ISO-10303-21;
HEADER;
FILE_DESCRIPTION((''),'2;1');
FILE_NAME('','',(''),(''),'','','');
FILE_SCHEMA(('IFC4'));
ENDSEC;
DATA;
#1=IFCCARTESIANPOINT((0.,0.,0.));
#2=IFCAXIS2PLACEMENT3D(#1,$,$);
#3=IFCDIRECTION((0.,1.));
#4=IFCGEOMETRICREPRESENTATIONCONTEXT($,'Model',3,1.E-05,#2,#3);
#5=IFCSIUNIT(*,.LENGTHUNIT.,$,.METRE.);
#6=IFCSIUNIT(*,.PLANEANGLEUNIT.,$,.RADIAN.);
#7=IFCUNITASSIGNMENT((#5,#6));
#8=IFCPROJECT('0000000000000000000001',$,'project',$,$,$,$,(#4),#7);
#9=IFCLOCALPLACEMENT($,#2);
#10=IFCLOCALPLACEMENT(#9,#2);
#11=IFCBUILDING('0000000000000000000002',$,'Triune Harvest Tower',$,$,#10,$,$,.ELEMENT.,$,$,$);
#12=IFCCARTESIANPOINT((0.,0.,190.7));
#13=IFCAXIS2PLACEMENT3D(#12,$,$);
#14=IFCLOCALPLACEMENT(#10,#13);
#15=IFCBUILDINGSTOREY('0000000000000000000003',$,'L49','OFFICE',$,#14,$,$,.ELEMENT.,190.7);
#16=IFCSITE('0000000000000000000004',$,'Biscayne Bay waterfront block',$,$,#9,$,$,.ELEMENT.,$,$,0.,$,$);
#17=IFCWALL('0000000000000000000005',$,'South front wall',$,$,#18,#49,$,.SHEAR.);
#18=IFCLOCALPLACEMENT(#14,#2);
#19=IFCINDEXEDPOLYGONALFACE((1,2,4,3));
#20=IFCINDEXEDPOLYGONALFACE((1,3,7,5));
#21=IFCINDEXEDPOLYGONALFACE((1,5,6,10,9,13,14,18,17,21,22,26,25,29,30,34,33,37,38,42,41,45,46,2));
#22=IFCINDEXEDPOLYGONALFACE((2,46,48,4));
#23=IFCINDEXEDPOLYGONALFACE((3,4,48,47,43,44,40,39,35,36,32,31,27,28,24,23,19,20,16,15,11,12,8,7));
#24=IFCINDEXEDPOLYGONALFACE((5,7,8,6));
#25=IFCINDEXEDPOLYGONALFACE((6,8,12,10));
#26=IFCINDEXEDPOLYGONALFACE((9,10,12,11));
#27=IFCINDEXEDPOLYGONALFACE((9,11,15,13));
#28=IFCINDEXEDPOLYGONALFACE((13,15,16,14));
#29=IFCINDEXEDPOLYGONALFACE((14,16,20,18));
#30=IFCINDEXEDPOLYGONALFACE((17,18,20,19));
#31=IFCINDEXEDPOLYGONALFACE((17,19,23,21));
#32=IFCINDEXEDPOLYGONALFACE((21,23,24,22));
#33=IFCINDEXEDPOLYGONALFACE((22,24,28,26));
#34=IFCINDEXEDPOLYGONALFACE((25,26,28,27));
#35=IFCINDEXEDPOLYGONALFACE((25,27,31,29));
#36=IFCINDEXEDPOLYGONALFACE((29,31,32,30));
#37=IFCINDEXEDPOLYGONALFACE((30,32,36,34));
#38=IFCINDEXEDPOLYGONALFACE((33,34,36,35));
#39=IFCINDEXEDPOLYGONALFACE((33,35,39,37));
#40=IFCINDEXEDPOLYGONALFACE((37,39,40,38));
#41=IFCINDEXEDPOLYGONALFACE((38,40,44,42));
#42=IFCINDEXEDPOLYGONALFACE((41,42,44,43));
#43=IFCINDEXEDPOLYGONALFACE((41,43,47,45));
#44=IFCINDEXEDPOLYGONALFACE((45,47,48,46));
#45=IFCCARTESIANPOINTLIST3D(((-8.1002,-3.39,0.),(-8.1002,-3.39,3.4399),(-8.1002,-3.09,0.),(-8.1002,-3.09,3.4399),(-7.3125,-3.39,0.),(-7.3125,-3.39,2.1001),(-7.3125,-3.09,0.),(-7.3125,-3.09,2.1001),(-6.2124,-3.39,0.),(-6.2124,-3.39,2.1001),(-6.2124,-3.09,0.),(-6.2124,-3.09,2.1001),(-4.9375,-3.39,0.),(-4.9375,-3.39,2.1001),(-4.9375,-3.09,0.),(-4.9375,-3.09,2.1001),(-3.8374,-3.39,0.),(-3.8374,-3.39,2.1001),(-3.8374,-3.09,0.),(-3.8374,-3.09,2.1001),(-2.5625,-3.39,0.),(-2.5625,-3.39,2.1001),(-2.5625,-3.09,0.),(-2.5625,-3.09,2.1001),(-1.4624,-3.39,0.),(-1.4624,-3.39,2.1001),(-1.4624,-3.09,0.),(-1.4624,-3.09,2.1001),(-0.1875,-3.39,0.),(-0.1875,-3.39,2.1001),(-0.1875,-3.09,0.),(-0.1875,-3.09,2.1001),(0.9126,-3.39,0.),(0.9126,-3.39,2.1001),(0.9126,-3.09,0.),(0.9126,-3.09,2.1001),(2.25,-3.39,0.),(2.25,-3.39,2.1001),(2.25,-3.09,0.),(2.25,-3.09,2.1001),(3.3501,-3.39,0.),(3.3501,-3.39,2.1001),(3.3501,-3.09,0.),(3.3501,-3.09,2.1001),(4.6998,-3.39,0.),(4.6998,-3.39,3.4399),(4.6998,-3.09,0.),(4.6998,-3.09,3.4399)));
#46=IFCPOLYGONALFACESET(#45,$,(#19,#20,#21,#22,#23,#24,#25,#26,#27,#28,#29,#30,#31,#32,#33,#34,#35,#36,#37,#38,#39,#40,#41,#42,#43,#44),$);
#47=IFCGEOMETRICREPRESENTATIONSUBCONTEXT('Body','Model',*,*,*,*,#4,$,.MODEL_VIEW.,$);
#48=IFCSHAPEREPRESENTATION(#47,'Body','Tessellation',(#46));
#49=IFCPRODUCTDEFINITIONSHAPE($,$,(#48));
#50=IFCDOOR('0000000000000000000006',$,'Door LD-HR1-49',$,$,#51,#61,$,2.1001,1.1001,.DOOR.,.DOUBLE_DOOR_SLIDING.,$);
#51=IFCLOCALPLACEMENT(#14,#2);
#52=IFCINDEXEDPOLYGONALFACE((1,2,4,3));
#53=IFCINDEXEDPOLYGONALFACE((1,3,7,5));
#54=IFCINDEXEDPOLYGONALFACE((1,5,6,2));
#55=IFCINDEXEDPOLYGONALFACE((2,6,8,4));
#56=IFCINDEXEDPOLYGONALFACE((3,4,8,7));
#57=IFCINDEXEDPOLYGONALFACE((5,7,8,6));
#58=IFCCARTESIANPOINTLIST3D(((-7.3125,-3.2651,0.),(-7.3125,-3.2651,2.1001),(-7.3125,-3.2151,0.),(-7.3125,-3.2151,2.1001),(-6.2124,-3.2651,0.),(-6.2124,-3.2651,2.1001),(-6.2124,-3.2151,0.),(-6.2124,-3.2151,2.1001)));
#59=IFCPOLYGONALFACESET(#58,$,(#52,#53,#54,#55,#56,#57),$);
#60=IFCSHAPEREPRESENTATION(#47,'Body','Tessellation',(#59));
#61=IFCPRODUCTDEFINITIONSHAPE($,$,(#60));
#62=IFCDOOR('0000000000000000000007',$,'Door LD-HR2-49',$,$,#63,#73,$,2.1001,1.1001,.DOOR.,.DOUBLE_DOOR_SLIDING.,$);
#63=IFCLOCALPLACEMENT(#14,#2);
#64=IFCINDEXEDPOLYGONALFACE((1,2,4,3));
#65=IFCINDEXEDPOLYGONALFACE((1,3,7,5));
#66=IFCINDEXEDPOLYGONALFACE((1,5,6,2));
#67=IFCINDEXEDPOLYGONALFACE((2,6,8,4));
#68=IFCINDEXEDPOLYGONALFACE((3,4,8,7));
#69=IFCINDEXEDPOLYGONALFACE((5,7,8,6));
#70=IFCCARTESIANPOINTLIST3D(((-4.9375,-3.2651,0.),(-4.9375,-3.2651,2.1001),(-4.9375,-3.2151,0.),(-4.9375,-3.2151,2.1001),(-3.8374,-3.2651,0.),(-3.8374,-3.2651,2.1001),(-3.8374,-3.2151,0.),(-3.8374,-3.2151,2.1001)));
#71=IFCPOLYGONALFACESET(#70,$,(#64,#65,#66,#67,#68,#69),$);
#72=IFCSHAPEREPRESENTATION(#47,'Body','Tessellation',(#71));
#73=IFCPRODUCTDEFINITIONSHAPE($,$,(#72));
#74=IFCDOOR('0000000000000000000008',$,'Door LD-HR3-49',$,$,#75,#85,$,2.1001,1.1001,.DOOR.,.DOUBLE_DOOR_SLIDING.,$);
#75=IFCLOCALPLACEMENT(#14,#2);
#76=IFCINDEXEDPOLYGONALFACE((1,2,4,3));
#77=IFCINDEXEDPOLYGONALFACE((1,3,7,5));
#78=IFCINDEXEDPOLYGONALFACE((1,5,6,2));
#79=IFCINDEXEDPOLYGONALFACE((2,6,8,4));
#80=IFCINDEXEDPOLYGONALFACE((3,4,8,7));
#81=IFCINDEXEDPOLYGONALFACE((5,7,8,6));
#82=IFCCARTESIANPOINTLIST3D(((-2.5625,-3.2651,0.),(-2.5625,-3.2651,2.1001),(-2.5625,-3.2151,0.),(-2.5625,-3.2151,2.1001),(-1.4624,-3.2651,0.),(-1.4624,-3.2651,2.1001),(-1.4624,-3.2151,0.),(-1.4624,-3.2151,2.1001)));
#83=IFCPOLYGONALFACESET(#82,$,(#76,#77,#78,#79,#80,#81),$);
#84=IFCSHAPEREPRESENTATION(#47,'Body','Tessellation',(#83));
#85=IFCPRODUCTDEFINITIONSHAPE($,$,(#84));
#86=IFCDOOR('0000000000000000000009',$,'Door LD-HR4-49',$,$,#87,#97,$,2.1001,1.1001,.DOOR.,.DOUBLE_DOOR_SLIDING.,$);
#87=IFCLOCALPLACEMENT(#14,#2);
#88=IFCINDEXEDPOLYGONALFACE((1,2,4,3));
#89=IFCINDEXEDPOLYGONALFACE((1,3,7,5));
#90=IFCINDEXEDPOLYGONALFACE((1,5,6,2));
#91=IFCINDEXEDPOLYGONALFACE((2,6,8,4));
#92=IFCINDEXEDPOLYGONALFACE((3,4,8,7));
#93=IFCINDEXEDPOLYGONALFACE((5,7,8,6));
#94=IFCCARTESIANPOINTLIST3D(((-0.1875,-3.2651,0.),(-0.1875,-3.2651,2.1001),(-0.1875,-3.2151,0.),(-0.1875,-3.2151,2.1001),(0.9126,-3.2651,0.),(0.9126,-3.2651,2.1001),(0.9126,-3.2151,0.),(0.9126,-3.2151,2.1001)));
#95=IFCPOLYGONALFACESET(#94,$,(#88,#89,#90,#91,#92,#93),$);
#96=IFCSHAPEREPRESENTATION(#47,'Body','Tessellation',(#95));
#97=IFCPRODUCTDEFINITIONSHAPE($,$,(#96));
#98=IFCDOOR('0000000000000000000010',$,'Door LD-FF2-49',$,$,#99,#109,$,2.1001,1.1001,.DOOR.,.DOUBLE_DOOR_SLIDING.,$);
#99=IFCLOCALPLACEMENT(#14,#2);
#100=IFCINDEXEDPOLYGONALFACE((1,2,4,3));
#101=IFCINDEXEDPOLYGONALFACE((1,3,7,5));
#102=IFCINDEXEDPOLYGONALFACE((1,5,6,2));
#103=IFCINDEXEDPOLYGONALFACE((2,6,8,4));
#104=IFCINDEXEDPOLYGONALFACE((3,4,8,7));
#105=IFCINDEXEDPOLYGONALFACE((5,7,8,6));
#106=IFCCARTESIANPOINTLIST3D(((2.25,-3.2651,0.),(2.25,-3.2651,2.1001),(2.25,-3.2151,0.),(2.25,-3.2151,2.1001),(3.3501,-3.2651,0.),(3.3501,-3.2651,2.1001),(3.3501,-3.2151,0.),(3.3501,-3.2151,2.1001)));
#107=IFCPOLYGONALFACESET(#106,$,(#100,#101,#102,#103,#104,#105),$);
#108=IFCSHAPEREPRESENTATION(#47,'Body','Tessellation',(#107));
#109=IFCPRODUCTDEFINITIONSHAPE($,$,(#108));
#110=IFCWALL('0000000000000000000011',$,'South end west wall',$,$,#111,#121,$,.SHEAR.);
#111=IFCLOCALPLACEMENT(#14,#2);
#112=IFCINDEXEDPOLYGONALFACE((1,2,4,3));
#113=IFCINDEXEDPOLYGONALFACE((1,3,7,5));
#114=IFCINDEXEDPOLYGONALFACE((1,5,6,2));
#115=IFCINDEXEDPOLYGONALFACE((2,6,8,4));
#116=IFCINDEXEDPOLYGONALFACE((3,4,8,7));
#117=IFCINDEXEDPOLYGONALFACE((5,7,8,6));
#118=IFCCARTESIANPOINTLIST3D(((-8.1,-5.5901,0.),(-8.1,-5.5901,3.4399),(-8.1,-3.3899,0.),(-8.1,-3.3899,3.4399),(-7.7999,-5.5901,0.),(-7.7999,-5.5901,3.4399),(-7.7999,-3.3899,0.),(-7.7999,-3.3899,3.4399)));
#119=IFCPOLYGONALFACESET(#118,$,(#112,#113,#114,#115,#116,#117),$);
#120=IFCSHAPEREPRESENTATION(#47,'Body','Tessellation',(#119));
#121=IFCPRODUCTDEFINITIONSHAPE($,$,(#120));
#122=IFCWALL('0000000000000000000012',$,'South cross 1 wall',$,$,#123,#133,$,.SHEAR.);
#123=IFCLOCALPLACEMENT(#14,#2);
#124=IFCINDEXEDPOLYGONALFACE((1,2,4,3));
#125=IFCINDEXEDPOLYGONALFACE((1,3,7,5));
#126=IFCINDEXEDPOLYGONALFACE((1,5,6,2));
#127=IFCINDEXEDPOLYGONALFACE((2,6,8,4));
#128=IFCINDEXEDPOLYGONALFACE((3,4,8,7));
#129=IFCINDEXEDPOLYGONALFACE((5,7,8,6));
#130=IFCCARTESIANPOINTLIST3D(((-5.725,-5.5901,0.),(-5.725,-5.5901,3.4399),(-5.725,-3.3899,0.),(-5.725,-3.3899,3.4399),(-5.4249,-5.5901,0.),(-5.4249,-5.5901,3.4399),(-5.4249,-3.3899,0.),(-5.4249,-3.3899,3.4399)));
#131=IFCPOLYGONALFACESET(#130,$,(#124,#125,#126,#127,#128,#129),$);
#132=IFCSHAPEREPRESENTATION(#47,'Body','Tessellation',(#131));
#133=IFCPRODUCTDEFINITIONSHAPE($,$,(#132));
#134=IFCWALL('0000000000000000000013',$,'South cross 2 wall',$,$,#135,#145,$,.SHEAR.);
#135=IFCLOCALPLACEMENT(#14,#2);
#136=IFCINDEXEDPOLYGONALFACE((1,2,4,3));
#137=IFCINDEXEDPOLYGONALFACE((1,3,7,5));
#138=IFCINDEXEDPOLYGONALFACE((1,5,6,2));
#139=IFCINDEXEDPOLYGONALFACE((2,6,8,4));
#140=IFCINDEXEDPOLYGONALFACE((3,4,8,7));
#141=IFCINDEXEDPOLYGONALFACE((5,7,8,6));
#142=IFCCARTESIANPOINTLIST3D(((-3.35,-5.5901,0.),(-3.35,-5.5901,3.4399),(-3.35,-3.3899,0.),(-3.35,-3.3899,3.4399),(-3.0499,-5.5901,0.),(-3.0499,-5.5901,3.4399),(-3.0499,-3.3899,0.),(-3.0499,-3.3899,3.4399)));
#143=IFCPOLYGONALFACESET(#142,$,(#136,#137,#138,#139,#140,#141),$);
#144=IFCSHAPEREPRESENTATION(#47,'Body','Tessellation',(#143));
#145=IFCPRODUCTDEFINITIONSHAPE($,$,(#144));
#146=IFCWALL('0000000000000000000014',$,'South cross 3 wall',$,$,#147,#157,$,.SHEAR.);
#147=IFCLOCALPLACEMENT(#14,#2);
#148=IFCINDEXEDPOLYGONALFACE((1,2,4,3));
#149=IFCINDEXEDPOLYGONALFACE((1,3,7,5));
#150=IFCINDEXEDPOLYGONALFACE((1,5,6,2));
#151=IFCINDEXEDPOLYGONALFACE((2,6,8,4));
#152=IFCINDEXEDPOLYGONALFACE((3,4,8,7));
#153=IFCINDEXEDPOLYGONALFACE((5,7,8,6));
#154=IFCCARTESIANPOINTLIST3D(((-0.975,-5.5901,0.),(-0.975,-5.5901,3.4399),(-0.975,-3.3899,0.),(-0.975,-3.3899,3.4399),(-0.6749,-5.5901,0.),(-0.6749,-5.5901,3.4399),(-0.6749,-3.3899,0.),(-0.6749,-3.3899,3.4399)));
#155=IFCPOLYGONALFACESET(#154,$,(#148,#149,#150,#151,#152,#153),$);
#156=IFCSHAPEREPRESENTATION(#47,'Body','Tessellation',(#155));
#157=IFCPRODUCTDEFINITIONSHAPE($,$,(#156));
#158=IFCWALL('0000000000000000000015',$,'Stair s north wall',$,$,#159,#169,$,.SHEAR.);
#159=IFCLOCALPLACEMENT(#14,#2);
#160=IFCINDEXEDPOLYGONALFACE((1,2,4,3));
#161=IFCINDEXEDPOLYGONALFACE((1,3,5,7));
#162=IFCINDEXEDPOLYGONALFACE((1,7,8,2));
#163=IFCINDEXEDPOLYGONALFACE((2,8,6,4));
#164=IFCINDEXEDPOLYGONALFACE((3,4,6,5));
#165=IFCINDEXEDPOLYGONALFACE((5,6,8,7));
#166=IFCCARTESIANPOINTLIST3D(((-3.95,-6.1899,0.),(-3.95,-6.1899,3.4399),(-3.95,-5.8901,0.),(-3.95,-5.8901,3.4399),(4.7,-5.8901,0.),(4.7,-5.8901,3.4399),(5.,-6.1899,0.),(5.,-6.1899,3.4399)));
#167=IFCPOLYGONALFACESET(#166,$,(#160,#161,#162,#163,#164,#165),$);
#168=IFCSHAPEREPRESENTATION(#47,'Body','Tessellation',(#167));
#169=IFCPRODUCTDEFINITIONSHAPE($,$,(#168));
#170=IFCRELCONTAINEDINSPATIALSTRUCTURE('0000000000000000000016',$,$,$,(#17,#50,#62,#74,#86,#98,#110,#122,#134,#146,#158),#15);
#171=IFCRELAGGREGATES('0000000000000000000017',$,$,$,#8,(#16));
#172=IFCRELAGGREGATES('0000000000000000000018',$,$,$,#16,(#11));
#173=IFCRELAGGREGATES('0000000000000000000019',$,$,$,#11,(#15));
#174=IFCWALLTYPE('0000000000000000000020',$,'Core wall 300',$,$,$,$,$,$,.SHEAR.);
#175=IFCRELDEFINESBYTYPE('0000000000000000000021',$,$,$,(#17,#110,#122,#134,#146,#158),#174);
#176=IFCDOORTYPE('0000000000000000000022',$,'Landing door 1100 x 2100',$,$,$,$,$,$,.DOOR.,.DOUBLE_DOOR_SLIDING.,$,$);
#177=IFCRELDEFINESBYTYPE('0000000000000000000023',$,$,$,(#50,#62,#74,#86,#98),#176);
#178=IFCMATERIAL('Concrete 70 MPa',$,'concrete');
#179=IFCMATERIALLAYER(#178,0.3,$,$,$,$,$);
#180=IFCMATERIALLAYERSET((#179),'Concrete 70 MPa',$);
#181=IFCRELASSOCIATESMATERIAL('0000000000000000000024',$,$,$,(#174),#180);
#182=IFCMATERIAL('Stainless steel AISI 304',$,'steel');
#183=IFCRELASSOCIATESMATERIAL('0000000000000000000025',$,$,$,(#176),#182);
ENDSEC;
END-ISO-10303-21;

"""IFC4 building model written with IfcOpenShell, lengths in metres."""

from ifc_helpers import new_model, si_unit, direction, frame, frame_2d, origin, place, context, subcontext, project, spatial, polyline, rectangle, outline, extrude, source, transform, mapped, material, layer, layer_set, type_object, element, fill, save


model = new_model("IFC4")

# Units and contexts
model_context = context("Model", 3, precision=1e-05, world=origin(), true_north=direction((0.0, 1.0)))
body_context = subcontext(model_context, "Body", "Model", "MODEL_VIEW")
ifc_project = project(units=[si_unit("LENGTHUNIT", "METRE"), si_unit("PLANEANGLEUNIT", "RADIAN")], contexts=[model_context])

# Site, building, storey
site_placement = place(None, origin())
site = spatial("IfcSite", under=ifc_project, at=site_placement, Name="Biscayne Bay waterfront block", CompositionType="ELEMENT", RefElevation=0.0)
building_placement = place(site_placement, origin())
building = spatial("IfcBuilding", under=site, at=building_placement, Name="Triune Harvest Tower", CompositionType="ELEMENT")
storey_placement = place(building_placement, frame((0.0, 0.0, 190.7)))
storey = spatial("IfcBuildingStorey", under=building, at=storey_placement, Name="L49", Description="OFFICE", CompositionType="ELEMENT", Elevation=190.7)

# Wall, openings, doors
ifc_material_1 = material(Name="Concrete 70 MPa", Category="concrete")
ifc_layer_1 = layer(ifc_material_1, 0.3)
ifc_layer_set_1 = layer_set([ifc_layer_1], Name="Concrete 70 MPa")
wall_type_1 = type_object("IfcWallType", Name="Core wall 300", PredefinedType="SHEAR", material=ifc_layer_set_1)
shared_shape_1 = source(origin(), body_context, "Body", "SweptSolid", [
    extrude(rectangle(XDim=12.8, YDim=0.3, at=frame_2d((6.3999, 0.0))), origin(), (0.0, 0.0, 1.0), 3.4399),
])
wall_1_placement = place(storey_placement, frame((-8.1001, -3.24, 0.0), z_axis=(0.0, 0.0, 1.0), x_axis=(1.0, 0.0, 0.0)))
wall_1 = element("IfcWall", 1, at=wall_1_placement, inside=storey, type_object=wall_type_1, Name="South front wall", PredefinedType="SHEAR", context=body_context, shape_type="MappedRepresentation", body=[
    mapped(shared_shape_1, transform((0.0, 0.0, 0.0), scale=1.0)),
])
opening_1_placement = place(wall_1_placement, frame((0.7876, 0.0, 0.0)))
opening_1 = element("IfcOpeningElement", 2, at=opening_1_placement, cuts=wall_1, PredefinedType="OPENING", context=body_context, shape_type="SweptSolid", body=[
    extrude(rectangle(XDim=1.1001, YDim=2.1001, at=frame_2d((0.55, 1.05))), frame((0.0, 0.1602, 0.0), z_axis=(0.0, -1.0, 0.0), x_axis=(1.0, 0.0, 0.0)), (0.0, 0.0, 1.0), 0.3201),
])
opening_2_placement = place(wall_1_placement, frame((3.1626, 0.0, 0.0)))
opening_2 = element("IfcOpeningElement", 3, at=opening_2_placement, cuts=wall_1, PredefinedType="OPENING", context=body_context, shape_type="SweptSolid", body=[
    extrude(rectangle(XDim=1.1001, YDim=2.1001, at=frame_2d((0.55, 1.05))), frame((0.0, 0.1602, 0.0), z_axis=(0.0, -1.0, 0.0), x_axis=(1.0, 0.0, 0.0)), (0.0, 0.0, 1.0), 0.3201),
])
opening_3_placement = place(wall_1_placement, frame((5.5376, 0.0, 0.0)))
opening_3 = element("IfcOpeningElement", 4, at=opening_3_placement, cuts=wall_1, PredefinedType="OPENING", context=body_context, shape_type="SweptSolid", body=[
    extrude(rectangle(XDim=1.1001, YDim=2.1001, at=frame_2d((0.55, 1.05))), frame((0.0, 0.1602, 0.0), z_axis=(0.0, -1.0, 0.0), x_axis=(1.0, 0.0, 0.0)), (0.0, 0.0, 1.0), 0.3201),
])
opening_4_placement = place(wall_1_placement, frame((7.9126, 0.0, 0.0)))
opening_4 = element("IfcOpeningElement", 5, at=opening_4_placement, cuts=wall_1, PredefinedType="OPENING", context=body_context, shape_type="SweptSolid", body=[
    extrude(rectangle(XDim=1.1001, YDim=2.1001, at=frame_2d((0.55, 1.05))), frame((0.0, 0.1602, 0.0), z_axis=(0.0, -1.0, 0.0), x_axis=(1.0, 0.0, 0.0)), (0.0, 0.0, 1.0), 0.3201),
])
opening_5_placement = place(wall_1_placement, frame((10.3501, 0.0, 0.0)))
opening_5 = element("IfcOpeningElement", 6, at=opening_5_placement, cuts=wall_1, PredefinedType="OPENING", context=body_context, shape_type="SweptSolid", body=[
    extrude(rectangle(XDim=1.1001, YDim=2.1001, at=frame_2d((0.55, 1.05))), frame((0.0, 0.1602, 0.0), z_axis=(0.0, -1.0, 0.0), x_axis=(1.0, 0.0, 0.0)), (0.0, 0.0, 1.0), 0.3201),
])
ifc_material_2 = material(Name="Stainless steel AISI 304", Category="steel")
door_type_1 = type_object("IfcDoorType", Name="Landing door 1100 x 2100", OperationType="DOUBLE_DOOR_SLIDING", PredefinedType="DOOR", material=ifc_material_2)
door_1_placement = place(opening_1_placement, origin())
door_1 = element("IfcDoor", 7, at=door_1_placement, inside=storey, type_object=door_type_1, Name="Door LD-HR1-49", OperationType="DOUBLE_DOOR_SLIDING", OverallHeight=2.1001, OverallWidth=1.1001, PredefinedType="DOOR", context=body_context, shape_type="SweptSolid", body=[
    extrude(rectangle(XDim=1.1001, YDim=2.1001, at=frame_2d((0.55, 1.05))), frame((0.0, 0.0249, 0.0), z_axis=(0.0, -1.0, 0.0), x_axis=(1.0, 0.0, 0.0)), (0.0, 0.0, 1.0), 0.05),
])
fill(opening_1, door_1)
door_2_placement = place(opening_2_placement, origin())
door_2 = element("IfcDoor", 8, at=door_2_placement, inside=storey, type_object=door_type_1, Name="Door LD-HR2-49", OperationType="DOUBLE_DOOR_SLIDING", OverallHeight=2.1001, OverallWidth=1.1001, PredefinedType="DOOR", context=body_context, shape_type="SweptSolid", body=[
    extrude(rectangle(XDim=1.1001, YDim=2.1001, at=frame_2d((0.55, 1.05))), frame((0.0, 0.0249, 0.0), z_axis=(0.0, -1.0, 0.0), x_axis=(1.0, 0.0, 0.0)), (0.0, 0.0, 1.0), 0.05),
])
fill(opening_2, door_2)
door_3_placement = place(opening_3_placement, origin())
door_3 = element("IfcDoor", 9, at=door_3_placement, inside=storey, type_object=door_type_1, Name="Door LD-HR3-49", OperationType="DOUBLE_DOOR_SLIDING", OverallHeight=2.1001, OverallWidth=1.1001, PredefinedType="DOOR", context=body_context, shape_type="SweptSolid", body=[
    extrude(rectangle(XDim=1.1001, YDim=2.1001, at=frame_2d((0.55, 1.05))), frame((0.0, 0.0249, 0.0), z_axis=(0.0, -1.0, 0.0), x_axis=(1.0, 0.0, 0.0)), (0.0, 0.0, 1.0), 0.05),
])
fill(opening_3, door_3)
door_4_placement = place(opening_4_placement, origin())
door_4 = element("IfcDoor", 10, at=door_4_placement, inside=storey, type_object=door_type_1, Name="Door LD-HR4-49", OperationType="DOUBLE_DOOR_SLIDING", OverallHeight=2.1001, OverallWidth=1.1001, PredefinedType="DOOR", context=body_context, shape_type="SweptSolid", body=[
    extrude(rectangle(XDim=1.1001, YDim=2.1001, at=frame_2d((0.55, 1.05))), frame((0.0, 0.0249, 0.0), z_axis=(0.0, -1.0, 0.0), x_axis=(1.0, 0.0, 0.0)), (0.0, 0.0, 1.0), 0.05),
])
fill(opening_4, door_4)
door_5_placement = place(opening_5_placement, origin())
door_5 = element("IfcDoor", 11, at=door_5_placement, inside=storey, type_object=door_type_1, Name="Door LD-FF2-49", OperationType="DOUBLE_DOOR_SLIDING", OverallHeight=2.1001, OverallWidth=1.1001, PredefinedType="DOOR", context=body_context, shape_type="SweptSolid", body=[
    extrude(rectangle(XDim=1.1001, YDim=2.1001, at=frame_2d((0.55, 1.05))), frame((0.0, 0.0249, 0.0), z_axis=(0.0, -1.0, 0.0), x_axis=(1.0, 0.0, 0.0)), (0.0, 0.0, 1.0), 0.05),
])
fill(opening_5, door_5)

# Walls
shared_shape_2 = source(origin(), body_context, "Body", "SweptSolid", [
    extrude(rectangle(XDim=2.2002, YDim=0.3, at=frame_2d((1.1001, 0.0))), origin(), (0.0, 0.0, 1.0), 3.4399),
])
for number, where, z_axis, x_axis, name in (
    (12, (-7.95, -5.5901, 0.0), (0.0, 0.0, 1.0), (0.0, 1.0, 0.0), "South end west wall"),
    (13, (-5.575, -5.5901, 0.0), (0.0, 0.0, 1.0), (0.0, 1.0, 0.0), "South cross 1 wall"),
    (14, (-3.2, -5.5901, 0.0), (0.0, 0.0, 1.0), (0.0, 1.0, 0.0), "South cross 2 wall"),
    (15, (-0.825, -5.5901, 0.0), (0.0, 0.0, 1.0), (0.0, 1.0, 0.0), "South cross 3 wall"),
):
    element("IfcWall", number, at=place(storey_placement, frame(where, z_axis=z_axis, x_axis=x_axis)), inside=storey, type_object=wall_type_1, Name=name, PredefinedType="SHEAR", context=body_context, shape_type="MappedRepresentation", body=[
        mapped(shared_shape_2, transform((0.0, 0.0, 0.0), scale=1.0)),
    ])
shared_shape_3 = source(origin(), body_context, "Body", "SweptSolid", [
    extrude(outline(polyline([(0.0, -0.1499), (8.95, -0.1499), (8.6499, 0.1499), (0.0, 0.1499), (0.0, -0.1499)])), origin(), (0.0, 0.0, 1.0), 3.4399),
])
wall_2_placement = place(storey_placement, frame((-3.95, -6.04, 0.0), z_axis=(0.0, 0.0, 1.0), x_axis=(1.0, 0.0, 0.0)))
element("IfcWall", 16, at=wall_2_placement, inside=storey, type_object=wall_type_1, Name="Stair s north wall", PredefinedType="SHEAR", context=body_context, shape_type="MappedRepresentation", body=[
    mapped(shared_shape_3, transform((0.0, 0.0, 0.0), scale=1.0)),
])

save(model, "model.ifc")
